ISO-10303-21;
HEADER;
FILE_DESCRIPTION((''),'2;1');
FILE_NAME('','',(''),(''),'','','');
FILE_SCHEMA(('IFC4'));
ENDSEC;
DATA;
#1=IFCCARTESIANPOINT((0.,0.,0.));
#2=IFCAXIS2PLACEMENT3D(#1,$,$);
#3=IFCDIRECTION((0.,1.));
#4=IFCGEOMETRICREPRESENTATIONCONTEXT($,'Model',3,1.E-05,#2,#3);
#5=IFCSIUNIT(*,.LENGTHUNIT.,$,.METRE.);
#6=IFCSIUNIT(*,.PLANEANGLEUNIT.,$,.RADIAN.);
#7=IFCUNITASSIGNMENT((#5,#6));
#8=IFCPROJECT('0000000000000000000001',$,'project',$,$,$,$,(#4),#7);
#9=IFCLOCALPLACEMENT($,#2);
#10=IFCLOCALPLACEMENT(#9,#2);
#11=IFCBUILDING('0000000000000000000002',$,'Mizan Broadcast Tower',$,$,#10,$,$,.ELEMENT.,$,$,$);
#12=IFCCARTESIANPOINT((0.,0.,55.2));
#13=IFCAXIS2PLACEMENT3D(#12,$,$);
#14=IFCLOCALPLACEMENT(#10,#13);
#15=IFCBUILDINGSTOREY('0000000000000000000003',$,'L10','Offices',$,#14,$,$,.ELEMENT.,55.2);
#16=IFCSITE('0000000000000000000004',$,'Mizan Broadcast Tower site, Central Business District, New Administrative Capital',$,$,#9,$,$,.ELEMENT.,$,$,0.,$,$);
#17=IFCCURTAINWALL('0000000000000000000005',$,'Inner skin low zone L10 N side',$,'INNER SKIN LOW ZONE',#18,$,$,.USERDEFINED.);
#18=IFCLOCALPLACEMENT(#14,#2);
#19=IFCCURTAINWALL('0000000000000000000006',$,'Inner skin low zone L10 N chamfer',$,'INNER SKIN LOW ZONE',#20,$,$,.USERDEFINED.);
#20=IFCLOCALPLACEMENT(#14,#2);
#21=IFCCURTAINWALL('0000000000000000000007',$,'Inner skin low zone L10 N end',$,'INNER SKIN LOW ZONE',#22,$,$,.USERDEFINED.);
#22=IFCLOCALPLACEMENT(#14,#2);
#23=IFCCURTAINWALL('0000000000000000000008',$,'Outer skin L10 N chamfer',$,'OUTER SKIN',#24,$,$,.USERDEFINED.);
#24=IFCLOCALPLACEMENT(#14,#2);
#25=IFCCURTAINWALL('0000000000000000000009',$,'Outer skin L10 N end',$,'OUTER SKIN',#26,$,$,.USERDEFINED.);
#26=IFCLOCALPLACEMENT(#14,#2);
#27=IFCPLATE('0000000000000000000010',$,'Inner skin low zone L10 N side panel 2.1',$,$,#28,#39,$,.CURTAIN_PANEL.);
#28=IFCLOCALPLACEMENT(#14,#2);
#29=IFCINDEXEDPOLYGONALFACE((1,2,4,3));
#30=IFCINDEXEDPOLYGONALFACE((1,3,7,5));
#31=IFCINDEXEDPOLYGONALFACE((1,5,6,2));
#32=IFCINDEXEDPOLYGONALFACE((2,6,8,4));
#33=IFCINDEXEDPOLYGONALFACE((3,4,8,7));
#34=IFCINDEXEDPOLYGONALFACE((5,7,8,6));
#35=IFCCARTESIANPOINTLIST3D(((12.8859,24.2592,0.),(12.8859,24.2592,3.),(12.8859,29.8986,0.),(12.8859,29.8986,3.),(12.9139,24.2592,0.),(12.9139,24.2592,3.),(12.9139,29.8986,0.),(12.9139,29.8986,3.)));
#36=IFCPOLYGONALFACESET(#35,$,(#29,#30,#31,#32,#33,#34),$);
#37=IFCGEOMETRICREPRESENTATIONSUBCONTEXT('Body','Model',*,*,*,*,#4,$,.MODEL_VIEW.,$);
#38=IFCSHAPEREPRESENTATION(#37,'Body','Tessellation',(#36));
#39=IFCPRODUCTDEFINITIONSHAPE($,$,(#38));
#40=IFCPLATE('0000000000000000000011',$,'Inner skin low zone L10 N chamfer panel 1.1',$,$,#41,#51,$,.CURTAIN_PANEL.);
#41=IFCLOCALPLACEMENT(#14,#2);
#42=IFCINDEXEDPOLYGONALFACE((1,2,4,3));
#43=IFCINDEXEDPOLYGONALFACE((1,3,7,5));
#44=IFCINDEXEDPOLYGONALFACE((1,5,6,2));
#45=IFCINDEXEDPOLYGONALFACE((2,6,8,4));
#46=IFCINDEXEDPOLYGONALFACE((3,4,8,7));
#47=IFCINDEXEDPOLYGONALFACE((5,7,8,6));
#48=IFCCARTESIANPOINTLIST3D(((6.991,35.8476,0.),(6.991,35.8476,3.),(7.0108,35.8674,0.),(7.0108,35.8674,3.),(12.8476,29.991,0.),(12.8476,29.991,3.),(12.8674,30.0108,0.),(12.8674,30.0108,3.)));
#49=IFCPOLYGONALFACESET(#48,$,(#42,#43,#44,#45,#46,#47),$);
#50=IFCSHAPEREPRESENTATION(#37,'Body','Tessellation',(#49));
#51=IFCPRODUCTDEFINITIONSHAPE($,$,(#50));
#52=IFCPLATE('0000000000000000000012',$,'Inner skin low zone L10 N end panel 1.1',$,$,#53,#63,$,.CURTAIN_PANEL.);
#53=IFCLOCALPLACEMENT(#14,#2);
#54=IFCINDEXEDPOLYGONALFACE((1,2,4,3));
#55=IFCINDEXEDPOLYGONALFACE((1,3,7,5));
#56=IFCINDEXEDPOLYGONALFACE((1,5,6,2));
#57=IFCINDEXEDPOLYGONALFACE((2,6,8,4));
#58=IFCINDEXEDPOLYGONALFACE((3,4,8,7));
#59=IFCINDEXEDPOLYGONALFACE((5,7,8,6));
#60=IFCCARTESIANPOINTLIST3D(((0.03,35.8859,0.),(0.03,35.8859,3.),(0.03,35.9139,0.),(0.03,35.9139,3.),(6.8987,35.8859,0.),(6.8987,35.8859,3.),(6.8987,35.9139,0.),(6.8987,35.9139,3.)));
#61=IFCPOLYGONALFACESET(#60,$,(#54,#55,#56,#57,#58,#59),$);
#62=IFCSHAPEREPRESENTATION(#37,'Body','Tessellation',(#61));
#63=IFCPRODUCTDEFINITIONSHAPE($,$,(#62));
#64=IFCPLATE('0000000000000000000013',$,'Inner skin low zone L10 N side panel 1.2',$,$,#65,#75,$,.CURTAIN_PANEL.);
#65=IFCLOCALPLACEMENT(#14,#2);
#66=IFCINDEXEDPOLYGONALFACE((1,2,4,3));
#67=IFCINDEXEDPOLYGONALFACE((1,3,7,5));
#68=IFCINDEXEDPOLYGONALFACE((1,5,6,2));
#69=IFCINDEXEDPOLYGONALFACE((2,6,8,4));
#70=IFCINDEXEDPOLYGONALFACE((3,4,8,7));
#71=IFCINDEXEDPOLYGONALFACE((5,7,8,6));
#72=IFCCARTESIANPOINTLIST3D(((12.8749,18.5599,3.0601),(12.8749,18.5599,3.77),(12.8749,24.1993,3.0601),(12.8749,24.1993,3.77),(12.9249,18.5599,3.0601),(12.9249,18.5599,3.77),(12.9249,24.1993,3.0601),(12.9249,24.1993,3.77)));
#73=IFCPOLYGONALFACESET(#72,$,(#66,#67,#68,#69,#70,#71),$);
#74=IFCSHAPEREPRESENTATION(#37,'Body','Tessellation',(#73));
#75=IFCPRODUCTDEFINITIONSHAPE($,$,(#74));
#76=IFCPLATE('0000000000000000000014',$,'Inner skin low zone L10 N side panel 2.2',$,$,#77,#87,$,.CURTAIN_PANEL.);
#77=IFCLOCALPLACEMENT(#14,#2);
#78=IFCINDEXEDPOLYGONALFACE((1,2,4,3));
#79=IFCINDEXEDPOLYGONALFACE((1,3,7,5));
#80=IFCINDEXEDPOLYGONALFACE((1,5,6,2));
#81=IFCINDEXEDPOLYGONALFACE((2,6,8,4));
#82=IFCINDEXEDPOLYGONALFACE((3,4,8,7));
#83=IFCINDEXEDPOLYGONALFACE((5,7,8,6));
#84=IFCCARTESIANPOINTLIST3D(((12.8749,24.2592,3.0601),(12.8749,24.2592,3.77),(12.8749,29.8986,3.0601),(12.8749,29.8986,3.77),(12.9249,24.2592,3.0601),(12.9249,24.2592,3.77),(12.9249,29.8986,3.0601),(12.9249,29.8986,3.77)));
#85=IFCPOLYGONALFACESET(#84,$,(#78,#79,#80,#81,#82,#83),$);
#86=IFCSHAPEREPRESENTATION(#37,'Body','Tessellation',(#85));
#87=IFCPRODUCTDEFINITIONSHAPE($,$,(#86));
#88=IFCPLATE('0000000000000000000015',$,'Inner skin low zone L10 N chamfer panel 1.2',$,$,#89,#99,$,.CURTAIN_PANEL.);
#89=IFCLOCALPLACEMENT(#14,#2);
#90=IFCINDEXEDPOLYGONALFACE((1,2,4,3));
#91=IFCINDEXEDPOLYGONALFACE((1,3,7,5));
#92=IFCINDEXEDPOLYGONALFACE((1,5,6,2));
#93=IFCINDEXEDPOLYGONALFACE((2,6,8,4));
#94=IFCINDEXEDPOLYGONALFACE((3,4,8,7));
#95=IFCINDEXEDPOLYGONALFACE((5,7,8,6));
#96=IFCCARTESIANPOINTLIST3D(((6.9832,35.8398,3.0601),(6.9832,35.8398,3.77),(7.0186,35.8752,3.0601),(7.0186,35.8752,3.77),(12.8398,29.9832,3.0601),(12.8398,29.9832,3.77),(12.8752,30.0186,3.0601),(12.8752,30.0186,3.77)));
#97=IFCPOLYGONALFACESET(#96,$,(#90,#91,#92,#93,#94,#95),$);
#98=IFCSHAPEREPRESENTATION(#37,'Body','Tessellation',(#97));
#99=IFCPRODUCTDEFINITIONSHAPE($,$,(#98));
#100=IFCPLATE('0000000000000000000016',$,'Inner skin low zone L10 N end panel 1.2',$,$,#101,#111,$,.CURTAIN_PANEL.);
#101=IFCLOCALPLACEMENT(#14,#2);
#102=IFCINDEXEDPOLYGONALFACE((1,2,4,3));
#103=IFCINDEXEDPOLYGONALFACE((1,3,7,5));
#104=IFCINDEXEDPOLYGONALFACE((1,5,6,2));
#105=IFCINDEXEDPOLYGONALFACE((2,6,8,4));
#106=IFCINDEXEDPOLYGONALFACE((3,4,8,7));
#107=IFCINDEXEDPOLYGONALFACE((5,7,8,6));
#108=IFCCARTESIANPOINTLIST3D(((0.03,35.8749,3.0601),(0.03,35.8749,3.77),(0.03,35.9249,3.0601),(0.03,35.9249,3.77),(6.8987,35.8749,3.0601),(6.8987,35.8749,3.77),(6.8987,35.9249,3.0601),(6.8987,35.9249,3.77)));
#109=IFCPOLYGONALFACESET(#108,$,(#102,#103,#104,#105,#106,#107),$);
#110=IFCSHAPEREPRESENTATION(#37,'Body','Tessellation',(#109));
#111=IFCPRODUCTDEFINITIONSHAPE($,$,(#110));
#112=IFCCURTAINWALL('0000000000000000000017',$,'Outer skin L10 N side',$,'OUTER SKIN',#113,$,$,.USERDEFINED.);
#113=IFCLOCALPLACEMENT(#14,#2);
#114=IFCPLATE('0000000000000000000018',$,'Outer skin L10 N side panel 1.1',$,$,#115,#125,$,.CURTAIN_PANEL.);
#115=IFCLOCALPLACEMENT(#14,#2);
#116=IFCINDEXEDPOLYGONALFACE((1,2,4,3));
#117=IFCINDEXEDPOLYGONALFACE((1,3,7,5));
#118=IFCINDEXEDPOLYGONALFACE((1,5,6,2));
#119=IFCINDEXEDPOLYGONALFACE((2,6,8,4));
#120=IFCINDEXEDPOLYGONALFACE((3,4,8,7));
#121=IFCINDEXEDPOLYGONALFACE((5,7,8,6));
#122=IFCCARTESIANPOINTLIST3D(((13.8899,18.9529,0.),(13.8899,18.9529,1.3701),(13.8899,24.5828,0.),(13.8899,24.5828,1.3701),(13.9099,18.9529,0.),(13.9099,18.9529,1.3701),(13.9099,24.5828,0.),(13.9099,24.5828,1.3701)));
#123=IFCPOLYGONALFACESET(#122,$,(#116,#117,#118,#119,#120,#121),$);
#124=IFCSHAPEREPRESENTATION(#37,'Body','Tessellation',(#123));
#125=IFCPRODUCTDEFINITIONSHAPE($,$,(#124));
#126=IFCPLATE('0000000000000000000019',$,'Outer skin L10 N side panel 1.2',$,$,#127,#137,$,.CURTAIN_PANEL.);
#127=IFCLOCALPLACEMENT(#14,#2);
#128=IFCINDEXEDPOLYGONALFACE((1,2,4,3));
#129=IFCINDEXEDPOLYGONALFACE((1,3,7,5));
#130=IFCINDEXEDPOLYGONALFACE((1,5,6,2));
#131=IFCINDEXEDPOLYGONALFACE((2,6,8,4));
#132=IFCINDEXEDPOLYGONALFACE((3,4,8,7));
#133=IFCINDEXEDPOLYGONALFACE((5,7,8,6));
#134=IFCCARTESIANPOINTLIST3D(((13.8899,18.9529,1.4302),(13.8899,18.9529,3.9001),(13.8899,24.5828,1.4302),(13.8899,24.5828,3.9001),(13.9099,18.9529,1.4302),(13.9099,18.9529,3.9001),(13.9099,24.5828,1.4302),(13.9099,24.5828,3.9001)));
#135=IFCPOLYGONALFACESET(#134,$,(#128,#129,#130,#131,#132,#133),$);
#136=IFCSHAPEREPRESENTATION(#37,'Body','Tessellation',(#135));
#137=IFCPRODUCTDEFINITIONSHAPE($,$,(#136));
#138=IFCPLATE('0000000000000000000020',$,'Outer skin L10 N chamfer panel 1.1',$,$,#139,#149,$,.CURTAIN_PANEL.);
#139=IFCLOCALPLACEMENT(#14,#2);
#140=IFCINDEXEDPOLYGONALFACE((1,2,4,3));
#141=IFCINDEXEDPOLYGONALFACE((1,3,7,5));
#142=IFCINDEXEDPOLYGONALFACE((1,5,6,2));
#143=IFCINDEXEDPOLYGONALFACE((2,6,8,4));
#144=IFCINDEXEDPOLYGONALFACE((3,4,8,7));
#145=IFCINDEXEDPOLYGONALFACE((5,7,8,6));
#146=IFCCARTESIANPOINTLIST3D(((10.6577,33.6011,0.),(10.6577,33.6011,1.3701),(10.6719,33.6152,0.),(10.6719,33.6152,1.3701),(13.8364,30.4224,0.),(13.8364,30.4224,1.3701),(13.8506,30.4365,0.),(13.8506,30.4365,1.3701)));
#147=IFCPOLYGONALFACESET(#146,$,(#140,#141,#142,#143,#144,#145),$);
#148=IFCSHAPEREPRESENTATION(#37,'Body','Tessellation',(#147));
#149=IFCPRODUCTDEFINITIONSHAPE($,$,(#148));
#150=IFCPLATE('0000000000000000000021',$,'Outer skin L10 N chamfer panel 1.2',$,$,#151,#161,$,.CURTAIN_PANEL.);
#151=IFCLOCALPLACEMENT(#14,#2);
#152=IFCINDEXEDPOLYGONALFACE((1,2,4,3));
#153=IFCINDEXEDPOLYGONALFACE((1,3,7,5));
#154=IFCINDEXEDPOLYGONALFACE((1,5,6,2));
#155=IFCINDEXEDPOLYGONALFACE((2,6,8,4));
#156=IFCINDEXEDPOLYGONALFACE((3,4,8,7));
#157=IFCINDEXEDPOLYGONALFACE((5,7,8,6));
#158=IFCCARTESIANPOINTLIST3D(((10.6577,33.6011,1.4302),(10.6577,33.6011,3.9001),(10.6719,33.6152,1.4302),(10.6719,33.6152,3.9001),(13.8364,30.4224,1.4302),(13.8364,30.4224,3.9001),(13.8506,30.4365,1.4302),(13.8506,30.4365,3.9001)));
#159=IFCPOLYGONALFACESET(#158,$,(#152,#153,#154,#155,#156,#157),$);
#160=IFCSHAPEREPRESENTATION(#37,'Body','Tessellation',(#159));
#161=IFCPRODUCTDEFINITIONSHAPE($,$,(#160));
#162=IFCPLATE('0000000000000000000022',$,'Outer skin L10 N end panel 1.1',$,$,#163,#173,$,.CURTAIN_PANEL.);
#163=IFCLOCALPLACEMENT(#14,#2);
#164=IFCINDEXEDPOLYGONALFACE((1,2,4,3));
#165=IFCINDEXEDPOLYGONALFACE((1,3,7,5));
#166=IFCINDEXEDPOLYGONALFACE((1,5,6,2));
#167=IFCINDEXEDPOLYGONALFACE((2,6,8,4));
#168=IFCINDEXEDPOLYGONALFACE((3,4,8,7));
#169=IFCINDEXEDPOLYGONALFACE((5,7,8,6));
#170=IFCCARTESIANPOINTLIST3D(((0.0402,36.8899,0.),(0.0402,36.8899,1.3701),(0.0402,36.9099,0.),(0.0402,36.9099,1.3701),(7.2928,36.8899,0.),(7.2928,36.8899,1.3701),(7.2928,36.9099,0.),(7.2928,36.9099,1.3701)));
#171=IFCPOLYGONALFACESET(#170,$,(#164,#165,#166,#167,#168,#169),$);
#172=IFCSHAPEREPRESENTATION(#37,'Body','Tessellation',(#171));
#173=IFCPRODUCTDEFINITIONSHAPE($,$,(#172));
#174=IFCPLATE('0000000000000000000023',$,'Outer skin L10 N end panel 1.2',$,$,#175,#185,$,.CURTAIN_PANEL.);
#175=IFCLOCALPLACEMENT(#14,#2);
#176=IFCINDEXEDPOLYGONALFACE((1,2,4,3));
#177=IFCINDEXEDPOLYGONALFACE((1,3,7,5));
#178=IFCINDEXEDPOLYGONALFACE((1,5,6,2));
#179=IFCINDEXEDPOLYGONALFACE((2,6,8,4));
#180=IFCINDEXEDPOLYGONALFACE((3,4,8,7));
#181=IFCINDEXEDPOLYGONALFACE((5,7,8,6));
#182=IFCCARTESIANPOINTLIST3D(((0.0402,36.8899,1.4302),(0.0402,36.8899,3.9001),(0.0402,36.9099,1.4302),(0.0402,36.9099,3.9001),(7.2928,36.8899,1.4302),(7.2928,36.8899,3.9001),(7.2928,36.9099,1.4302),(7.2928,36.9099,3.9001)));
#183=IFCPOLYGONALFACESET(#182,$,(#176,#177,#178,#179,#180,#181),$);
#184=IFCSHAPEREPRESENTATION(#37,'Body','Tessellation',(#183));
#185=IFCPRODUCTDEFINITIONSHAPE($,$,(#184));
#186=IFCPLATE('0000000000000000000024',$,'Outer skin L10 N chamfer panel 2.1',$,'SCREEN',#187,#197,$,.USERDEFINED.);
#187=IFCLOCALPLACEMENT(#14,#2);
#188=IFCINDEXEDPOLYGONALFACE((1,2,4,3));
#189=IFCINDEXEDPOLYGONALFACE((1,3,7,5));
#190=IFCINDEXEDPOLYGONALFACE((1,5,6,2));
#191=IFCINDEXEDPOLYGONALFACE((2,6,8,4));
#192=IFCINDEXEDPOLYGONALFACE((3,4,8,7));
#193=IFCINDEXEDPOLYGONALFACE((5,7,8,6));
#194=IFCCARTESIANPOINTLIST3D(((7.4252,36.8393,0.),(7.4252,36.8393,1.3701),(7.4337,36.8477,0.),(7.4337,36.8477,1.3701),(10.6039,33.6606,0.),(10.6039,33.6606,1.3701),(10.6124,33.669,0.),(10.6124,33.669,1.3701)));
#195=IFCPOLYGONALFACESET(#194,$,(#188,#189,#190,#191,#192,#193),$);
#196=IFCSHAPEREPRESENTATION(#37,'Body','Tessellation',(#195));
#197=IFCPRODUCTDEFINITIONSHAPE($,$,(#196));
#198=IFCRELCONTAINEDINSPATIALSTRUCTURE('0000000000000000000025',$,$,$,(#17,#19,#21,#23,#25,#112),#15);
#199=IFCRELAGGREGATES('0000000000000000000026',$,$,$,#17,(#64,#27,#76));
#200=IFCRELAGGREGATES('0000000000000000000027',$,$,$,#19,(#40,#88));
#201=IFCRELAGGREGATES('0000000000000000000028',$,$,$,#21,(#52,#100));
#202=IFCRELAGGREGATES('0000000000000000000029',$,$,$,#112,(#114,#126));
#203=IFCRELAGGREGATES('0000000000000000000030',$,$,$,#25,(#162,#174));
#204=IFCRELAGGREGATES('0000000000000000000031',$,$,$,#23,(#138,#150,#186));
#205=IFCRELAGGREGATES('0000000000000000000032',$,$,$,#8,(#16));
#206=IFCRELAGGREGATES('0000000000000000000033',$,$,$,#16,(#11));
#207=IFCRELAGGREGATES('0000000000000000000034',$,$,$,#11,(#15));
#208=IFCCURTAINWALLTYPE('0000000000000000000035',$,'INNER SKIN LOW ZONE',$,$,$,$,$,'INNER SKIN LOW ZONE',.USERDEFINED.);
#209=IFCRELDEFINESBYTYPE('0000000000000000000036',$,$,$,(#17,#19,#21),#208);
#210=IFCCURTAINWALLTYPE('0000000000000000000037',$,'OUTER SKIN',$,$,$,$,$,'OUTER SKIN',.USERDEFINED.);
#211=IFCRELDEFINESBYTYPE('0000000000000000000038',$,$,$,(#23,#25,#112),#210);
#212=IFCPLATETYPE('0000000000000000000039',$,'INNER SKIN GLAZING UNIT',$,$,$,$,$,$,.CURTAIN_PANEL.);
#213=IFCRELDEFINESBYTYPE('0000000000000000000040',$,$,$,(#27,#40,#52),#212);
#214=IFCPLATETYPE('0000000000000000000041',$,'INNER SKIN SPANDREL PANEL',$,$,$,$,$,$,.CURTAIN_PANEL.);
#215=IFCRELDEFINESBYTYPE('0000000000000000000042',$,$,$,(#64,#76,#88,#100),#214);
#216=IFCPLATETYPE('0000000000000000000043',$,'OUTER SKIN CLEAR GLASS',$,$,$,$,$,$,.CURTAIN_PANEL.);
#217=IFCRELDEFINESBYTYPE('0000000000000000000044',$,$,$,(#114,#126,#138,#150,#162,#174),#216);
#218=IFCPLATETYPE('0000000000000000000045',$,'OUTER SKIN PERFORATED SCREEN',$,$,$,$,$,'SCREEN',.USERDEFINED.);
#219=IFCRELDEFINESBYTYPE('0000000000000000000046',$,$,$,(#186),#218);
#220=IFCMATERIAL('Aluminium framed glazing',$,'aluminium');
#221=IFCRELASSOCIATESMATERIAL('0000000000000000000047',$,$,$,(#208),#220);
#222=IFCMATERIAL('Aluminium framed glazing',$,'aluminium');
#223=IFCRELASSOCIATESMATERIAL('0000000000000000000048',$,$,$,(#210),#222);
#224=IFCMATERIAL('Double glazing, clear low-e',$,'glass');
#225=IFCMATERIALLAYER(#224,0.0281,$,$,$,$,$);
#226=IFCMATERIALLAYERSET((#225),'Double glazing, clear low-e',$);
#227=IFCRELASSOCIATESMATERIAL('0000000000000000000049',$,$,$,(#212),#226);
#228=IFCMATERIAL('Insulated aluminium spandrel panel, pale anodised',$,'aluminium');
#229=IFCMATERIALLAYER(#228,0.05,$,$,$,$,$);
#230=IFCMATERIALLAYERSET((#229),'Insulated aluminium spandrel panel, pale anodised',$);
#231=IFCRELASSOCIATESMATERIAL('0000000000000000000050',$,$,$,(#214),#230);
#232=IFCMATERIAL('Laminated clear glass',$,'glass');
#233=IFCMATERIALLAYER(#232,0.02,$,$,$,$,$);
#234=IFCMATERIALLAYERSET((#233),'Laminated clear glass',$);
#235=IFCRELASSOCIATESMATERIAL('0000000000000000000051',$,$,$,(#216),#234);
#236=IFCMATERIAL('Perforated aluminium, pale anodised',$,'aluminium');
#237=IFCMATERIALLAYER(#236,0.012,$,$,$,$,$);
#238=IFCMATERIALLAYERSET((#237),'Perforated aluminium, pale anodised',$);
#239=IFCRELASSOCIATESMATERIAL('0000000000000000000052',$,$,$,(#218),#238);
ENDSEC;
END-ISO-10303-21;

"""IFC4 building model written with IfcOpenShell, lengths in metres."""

from ifc_helpers import new_model, si_unit, direction, frame, origin, origin_2d, place, context, subcontext, project, spatial, rectangle, extrude, material, layer, layer_set, type_object, element, aggregate, save


model = new_model("IFC4")

# Units and contexts
model_context = context("Model", 3, precision=1e-05, world=origin(), true_north=direction((0.0, 1.0)))
body_context = subcontext(model_context, "Body", "Model", "MODEL_VIEW")
ifc_project = project(units=[si_unit("LENGTHUNIT", "METRE"), si_unit("PLANEANGLEUNIT", "RADIAN")], contexts=[model_context])

# Site, building, storey
site_placement = place(None, origin())
site = spatial("IfcSite", under=ifc_project, at=site_placement, Name="Mizan Broadcast Tower site, Central Business District, New Administrative Capital", CompositionType="ELEMENT", RefElevation=0.0)
building_placement = place(site_placement, origin())
building = spatial("IfcBuilding", under=site, at=building_placement, Name="Mizan Broadcast Tower", CompositionType="ELEMENT")
storey_placement = place(building_placement, frame((0.0, 0.0, 55.2)))
storey = spatial("IfcBuildingStorey", under=building, at=storey_placement, Name="L10", Description="Offices", CompositionType="ELEMENT", Elevation=55.2)

# Curtain wall
ifc_material_1 = material(Name="Aluminium framed glazing", Category="aluminium")
curtain_wall_type_1 = type_object("IfcCurtainWallType", Name="INNER SKIN LOW ZONE", ElementType="INNER SKIN LOW ZONE", PredefinedType="USERDEFINED", material=ifc_material_1)
curtain_wall_1_placement = place(storey_placement, origin())
curtain_wall_1 = element("IfcCurtainWall", 1, at=curtain_wall_1_placement, inside=storey, type_object=curtain_wall_type_1, Name="Inner skin low zone L10 N side", ObjectType="INNER SKIN LOW ZONE", PredefinedType="USERDEFINED")

# Curtain walls
curtain_wall_2_placement = place(storey_placement, origin())
curtain_wall_2 = element("IfcCurtainWall", 2, at=curtain_wall_2_placement, inside=storey, type_object=curtain_wall_type_1, Name="Inner skin low zone L10 N chamfer", ObjectType="INNER SKIN LOW ZONE", PredefinedType="USERDEFINED")
curtain_wall_3_placement = place(storey_placement, origin())
curtain_wall_3 = element("IfcCurtainWall", 3, at=curtain_wall_3_placement, inside=storey, type_object=curtain_wall_type_1, Name="Inner skin low zone L10 N end", ObjectType="INNER SKIN LOW ZONE", PredefinedType="USERDEFINED")

# Curtain wall
ifc_material_2 = material(Name="Aluminium framed glazing", Category="aluminium")
curtain_wall_type_2 = type_object("IfcCurtainWallType", Name="OUTER SKIN", ElementType="OUTER SKIN", PredefinedType="USERDEFINED", material=ifc_material_2)
curtain_wall_4_placement = place(storey_placement, origin())
curtain_wall_4 = element("IfcCurtainWall", 4, at=curtain_wall_4_placement, inside=storey, type_object=curtain_wall_type_2, Name="Outer skin L10 N chamfer", ObjectType="OUTER SKIN", PredefinedType="USERDEFINED")

# Curtain wall
curtain_wall_5_placement = place(storey_placement, origin())
curtain_wall_5 = element("IfcCurtainWall", 5, at=curtain_wall_5_placement, inside=storey, type_object=curtain_wall_type_2, Name="Outer skin L10 N end", ObjectType="OUTER SKIN", PredefinedType="USERDEFINED")

# Plates
ifc_material_3 = material(Name="Double glazing, clear low-e", Category="glass")
ifc_layer_1 = layer(ifc_material_3, 0.0281)
ifc_layer_set_1 = layer_set([ifc_layer_1], Name="Double glazing, clear low-e")
plate_type_1 = type_object("IfcPlateType", Name="INNER SKIN GLAZING UNIT", PredefinedType="CURTAIN_PANEL", material=ifc_layer_set_1)
plate_1_placement = place(storey_placement, frame((12.8999, 27.0789, 0.0), z_axis=(0.0, 0.0, 1.0), x_axis=(0.0, 1.0, 0.0)))
plate_1 = element("IfcPlate", 6, at=plate_1_placement, type_object=plate_type_1, Name="Inner skin low zone L10 N side panel 2.1", PredefinedType="CURTAIN_PANEL", context=body_context, shape_type="SweptSolid", body=[
    extrude(rectangle(XDim=5.6394, YDim=0.0281, at=origin_2d()), origin(), (0.0, 0.0, 1.0), 3.0),
])
plate_2_placement = place(storey_placement, frame((9.9292, 32.9292, 0.0), z_axis=(0.0, 0.0, 1.0), x_axis=(-0.707107, 0.707107, 0.0)))
plate_2 = element("IfcPlate", 7, at=plate_2_placement, type_object=plate_type_1, Name="Inner skin low zone L10 N chamfer panel 1.1", PredefinedType="CURTAIN_PANEL", context=body_context, shape_type="SweptSolid", body=[
    extrude(rectangle(XDim=8.2825, YDim=0.0281, at=origin_2d()), origin(), (0.0, 0.0, 1.0), 3.0),
])
plate_3_placement = place(storey_placement, frame((3.4644, 35.8999, 0.0), z_axis=(0.0, 0.0, 1.0), x_axis=(-1.0, 0.0, 0.0)))
plate_3 = element("IfcPlate", 8, at=plate_3_placement, type_object=plate_type_1, Name="Inner skin low zone L10 N end panel 1.1", PredefinedType="CURTAIN_PANEL", context=body_context, shape_type="SweptSolid", body=[
    extrude(rectangle(XDim=6.8687, YDim=0.0281, at=origin_2d()), origin(), (0.0, 0.0, 1.0), 3.0),
])
ifc_material_4 = material(Name="Insulated aluminium spandrel panel, pale anodised", Category="aluminium")
ifc_layer_2 = layer(ifc_material_4, 0.05)
ifc_layer_set_2 = layer_set([ifc_layer_2], Name="Insulated aluminium spandrel panel, pale anodised")
plate_type_2 = type_object("IfcPlateType", Name="INNER SKIN SPANDREL PANEL", PredefinedType="CURTAIN_PANEL", material=ifc_layer_set_2)
plate_4_placement = place(storey_placement, frame((12.8999, 21.3796, 3.0601), z_axis=(0.0, 0.0, 1.0), x_axis=(0.0, 1.0, 0.0)))
plate_4 = element("IfcPlate", 9, at=plate_4_placement, type_object=plate_type_2, Name="Inner skin low zone L10 N side panel 1.2", PredefinedType="CURTAIN_PANEL", context=body_context, shape_type="SweptSolid", body=[
    extrude(rectangle(XDim=5.6394, YDim=0.05, at=origin_2d()), origin(), (0.0, 0.0, 1.0), 0.71),
])
plate_5_placement = place(storey_placement, frame((12.8999, 27.0789, 3.0601), z_axis=(0.0, 0.0, 1.0), x_axis=(0.0, 1.0, 0.0)))
plate_5 = element("IfcPlate", 10, at=plate_5_placement, type_object=plate_type_2, Name="Inner skin low zone L10 N side panel 2.2", PredefinedType="CURTAIN_PANEL", context=body_context, shape_type="SweptSolid", body=[
    extrude(rectangle(XDim=5.6394, YDim=0.05, at=origin_2d()), origin(), (0.0, 0.0, 1.0), 0.71),
])
aggregate(curtain_wall_1, [plate_4, plate_1, plate_5])
plate_6_placement = place(storey_placement, frame((9.9292, 32.9292, 3.0601), z_axis=(0.0, 0.0, 1.0), x_axis=(-0.707107, 0.707107, 0.0)))
plate_6 = element("IfcPlate", 11, at=plate_6_placement, type_object=plate_type_2, Name="Inner skin low zone L10 N chamfer panel 1.2", PredefinedType="CURTAIN_PANEL", context=body_context, shape_type="SweptSolid", body=[
    extrude(rectangle(XDim=8.2825, YDim=0.05, at=origin_2d()), origin(), (0.0, 0.0, 1.0), 0.71),
])
aggregate(curtain_wall_2, [plate_2, plate_6])
plate_7_placement = place(storey_placement, frame((3.4644, 35.8999, 3.0601), z_axis=(0.0, 0.0, 1.0), x_axis=(-1.0, 0.0, 0.0)))
plate_7 = element("IfcPlate", 12, at=plate_7_placement, type_object=plate_type_2, Name="Inner skin low zone L10 N end panel 1.2", PredefinedType="CURTAIN_PANEL", context=body_context, shape_type="SweptSolid", body=[
    extrude(rectangle(XDim=6.8687, YDim=0.05, at=origin_2d()), origin(), (0.0, 0.0, 1.0), 0.71),
])
aggregate(curtain_wall_3, [plate_3, plate_7])

# Curtain wall, plates
curtain_wall_6_placement = place(storey_placement, origin())
curtain_wall_6 = element("IfcCurtainWall", 13, at=curtain_wall_6_placement, inside=storey, type_object=curtain_wall_type_2, Name="Outer skin L10 N side", ObjectType="OUTER SKIN", PredefinedType="USERDEFINED")
ifc_material_5 = material(Name="Laminated clear glass", Category="glass")
ifc_layer_3 = layer(ifc_material_5, 0.02)
ifc_layer_set_3 = layer_set([ifc_layer_3], Name="Laminated clear glass")
plate_type_3 = type_object("IfcPlateType", Name="OUTER SKIN CLEAR GLASS", PredefinedType="CURTAIN_PANEL", material=ifc_layer_set_3)
plate_8_placement = place(storey_placement, frame((13.8999, 21.7678, 0.0), z_axis=(0.0, 0.0, 1.0), x_axis=(0.0, 1.0, 0.0)))
plate_8 = element("IfcPlate", 14, at=plate_8_placement, type_object=plate_type_3, Name="Outer skin L10 N side panel 1.1", PredefinedType="CURTAIN_PANEL", context=body_context, shape_type="SweptSolid", body=[
    extrude(rectangle(XDim=5.6299, YDim=0.02, at=origin_2d()), origin(), (0.0, 0.0, 1.0), 1.3701),
])
plate_9_placement = place(storey_placement, frame((13.8999, 21.7678, 1.4302), z_axis=(0.0, 0.0, 1.0), x_axis=(0.0, 1.0, 0.0)))
plate_9 = element("IfcPlate", 15, at=plate_9_placement, type_object=plate_type_3, Name="Outer skin L10 N side panel 1.2", PredefinedType="CURTAIN_PANEL", context=body_context, shape_type="SweptSolid", body=[
    extrude(rectangle(XDim=5.6299, YDim=0.02, at=origin_2d()), origin(), (0.0, 0.0, 1.0), 2.47),
])
aggregate(curtain_wall_6, [plate_8, plate_9])

# Plates
plate_10_placement = place(storey_placement, frame((12.2542, 32.0188, 0.0), z_axis=(0.0, 0.0, 1.0), x_axis=(-0.707107, 0.707107, 0.0)))
plate_10 = element("IfcPlate", 16, at=plate_10_placement, type_object=plate_type_3, Name="Outer skin L10 N chamfer panel 1.1", PredefinedType="CURTAIN_PANEL", context=body_context, shape_type="SweptSolid", body=[
    extrude(rectangle(XDim=4.4954, YDim=0.02, at=origin_2d()), origin(), (0.0, 0.0, 1.0), 1.3701),
])
plate_11_placement = place(storey_placement, frame((12.2542, 32.0188, 1.4302), z_axis=(0.0, 0.0, 1.0), x_axis=(-0.707107, 0.707107, 0.0)))
plate_11 = element("IfcPlate", 17, at=plate_11_placement, type_object=plate_type_3, Name="Outer skin L10 N chamfer panel 1.2", PredefinedType="CURTAIN_PANEL", context=body_context, shape_type="SweptSolid", body=[
    extrude(rectangle(XDim=4.4954, YDim=0.02, at=origin_2d()), origin(), (0.0, 0.0, 1.0), 2.47),
])
plate_12_placement = place(storey_placement, frame((3.6665, 36.8999, 0.0), z_axis=(0.0, 0.0, 1.0), x_axis=(-1.0, 0.0, 0.0)))
plate_12 = element("IfcPlate", 18, at=plate_12_placement, type_object=plate_type_3, Name="Outer skin L10 N end panel 1.1", PredefinedType="CURTAIN_PANEL", context=body_context, shape_type="SweptSolid", body=[
    extrude(rectangle(XDim=7.2527, YDim=0.02, at=origin_2d()), origin(), (0.0, 0.0, 1.0), 1.3701),
])
plate_13_placement = place(storey_placement, frame((3.6665, 36.8999, 1.4302), z_axis=(0.0, 0.0, 1.0), x_axis=(-1.0, 0.0, 0.0)))
plate_13 = element("IfcPlate", 19, at=plate_13_placement, type_object=plate_type_3, Name="Outer skin L10 N end panel 1.2", PredefinedType="CURTAIN_PANEL", context=body_context, shape_type="SweptSolid", body=[
    extrude(rectangle(XDim=7.2527, YDim=0.02, at=origin_2d()), origin(), (0.0, 0.0, 1.0), 2.47),
])
aggregate(curtain_wall_5, [plate_12, plate_13])
ifc_material_6 = material(Name="Perforated aluminium, pale anodised", Category="aluminium")
ifc_layer_4 = layer(ifc_material_6, 0.012)
ifc_layer_set_4 = layer_set([ifc_layer_4], Name="Perforated aluminium, pale anodised")
plate_type_4 = type_object("IfcPlateType", Name="OUTER SKIN PERFORATED SCREEN", ElementType="SCREEN", PredefinedType="USERDEFINED", material=ifc_layer_set_4)
plate_14_placement = place(storey_placement, frame((9.0188, 35.2542, 0.0), z_axis=(0.0, 0.0, 1.0), x_axis=(-0.707107, 0.707107, 0.0)))
plate_14 = element("IfcPlate", 20, at=plate_14_placement, type_object=plate_type_4, Name="Outer skin L10 N chamfer panel 2.1", ObjectType="SCREEN", PredefinedType="USERDEFINED", context=body_context, shape_type="SweptSolid", body=[
    extrude(rectangle(XDim=4.4954, YDim=0.012, at=origin_2d()), origin(), (0.0, 0.0, 1.0), 1.3701),
])
aggregate(curtain_wall_4, [plate_10, plate_11, plate_14])

save(model, "model.ifc")
